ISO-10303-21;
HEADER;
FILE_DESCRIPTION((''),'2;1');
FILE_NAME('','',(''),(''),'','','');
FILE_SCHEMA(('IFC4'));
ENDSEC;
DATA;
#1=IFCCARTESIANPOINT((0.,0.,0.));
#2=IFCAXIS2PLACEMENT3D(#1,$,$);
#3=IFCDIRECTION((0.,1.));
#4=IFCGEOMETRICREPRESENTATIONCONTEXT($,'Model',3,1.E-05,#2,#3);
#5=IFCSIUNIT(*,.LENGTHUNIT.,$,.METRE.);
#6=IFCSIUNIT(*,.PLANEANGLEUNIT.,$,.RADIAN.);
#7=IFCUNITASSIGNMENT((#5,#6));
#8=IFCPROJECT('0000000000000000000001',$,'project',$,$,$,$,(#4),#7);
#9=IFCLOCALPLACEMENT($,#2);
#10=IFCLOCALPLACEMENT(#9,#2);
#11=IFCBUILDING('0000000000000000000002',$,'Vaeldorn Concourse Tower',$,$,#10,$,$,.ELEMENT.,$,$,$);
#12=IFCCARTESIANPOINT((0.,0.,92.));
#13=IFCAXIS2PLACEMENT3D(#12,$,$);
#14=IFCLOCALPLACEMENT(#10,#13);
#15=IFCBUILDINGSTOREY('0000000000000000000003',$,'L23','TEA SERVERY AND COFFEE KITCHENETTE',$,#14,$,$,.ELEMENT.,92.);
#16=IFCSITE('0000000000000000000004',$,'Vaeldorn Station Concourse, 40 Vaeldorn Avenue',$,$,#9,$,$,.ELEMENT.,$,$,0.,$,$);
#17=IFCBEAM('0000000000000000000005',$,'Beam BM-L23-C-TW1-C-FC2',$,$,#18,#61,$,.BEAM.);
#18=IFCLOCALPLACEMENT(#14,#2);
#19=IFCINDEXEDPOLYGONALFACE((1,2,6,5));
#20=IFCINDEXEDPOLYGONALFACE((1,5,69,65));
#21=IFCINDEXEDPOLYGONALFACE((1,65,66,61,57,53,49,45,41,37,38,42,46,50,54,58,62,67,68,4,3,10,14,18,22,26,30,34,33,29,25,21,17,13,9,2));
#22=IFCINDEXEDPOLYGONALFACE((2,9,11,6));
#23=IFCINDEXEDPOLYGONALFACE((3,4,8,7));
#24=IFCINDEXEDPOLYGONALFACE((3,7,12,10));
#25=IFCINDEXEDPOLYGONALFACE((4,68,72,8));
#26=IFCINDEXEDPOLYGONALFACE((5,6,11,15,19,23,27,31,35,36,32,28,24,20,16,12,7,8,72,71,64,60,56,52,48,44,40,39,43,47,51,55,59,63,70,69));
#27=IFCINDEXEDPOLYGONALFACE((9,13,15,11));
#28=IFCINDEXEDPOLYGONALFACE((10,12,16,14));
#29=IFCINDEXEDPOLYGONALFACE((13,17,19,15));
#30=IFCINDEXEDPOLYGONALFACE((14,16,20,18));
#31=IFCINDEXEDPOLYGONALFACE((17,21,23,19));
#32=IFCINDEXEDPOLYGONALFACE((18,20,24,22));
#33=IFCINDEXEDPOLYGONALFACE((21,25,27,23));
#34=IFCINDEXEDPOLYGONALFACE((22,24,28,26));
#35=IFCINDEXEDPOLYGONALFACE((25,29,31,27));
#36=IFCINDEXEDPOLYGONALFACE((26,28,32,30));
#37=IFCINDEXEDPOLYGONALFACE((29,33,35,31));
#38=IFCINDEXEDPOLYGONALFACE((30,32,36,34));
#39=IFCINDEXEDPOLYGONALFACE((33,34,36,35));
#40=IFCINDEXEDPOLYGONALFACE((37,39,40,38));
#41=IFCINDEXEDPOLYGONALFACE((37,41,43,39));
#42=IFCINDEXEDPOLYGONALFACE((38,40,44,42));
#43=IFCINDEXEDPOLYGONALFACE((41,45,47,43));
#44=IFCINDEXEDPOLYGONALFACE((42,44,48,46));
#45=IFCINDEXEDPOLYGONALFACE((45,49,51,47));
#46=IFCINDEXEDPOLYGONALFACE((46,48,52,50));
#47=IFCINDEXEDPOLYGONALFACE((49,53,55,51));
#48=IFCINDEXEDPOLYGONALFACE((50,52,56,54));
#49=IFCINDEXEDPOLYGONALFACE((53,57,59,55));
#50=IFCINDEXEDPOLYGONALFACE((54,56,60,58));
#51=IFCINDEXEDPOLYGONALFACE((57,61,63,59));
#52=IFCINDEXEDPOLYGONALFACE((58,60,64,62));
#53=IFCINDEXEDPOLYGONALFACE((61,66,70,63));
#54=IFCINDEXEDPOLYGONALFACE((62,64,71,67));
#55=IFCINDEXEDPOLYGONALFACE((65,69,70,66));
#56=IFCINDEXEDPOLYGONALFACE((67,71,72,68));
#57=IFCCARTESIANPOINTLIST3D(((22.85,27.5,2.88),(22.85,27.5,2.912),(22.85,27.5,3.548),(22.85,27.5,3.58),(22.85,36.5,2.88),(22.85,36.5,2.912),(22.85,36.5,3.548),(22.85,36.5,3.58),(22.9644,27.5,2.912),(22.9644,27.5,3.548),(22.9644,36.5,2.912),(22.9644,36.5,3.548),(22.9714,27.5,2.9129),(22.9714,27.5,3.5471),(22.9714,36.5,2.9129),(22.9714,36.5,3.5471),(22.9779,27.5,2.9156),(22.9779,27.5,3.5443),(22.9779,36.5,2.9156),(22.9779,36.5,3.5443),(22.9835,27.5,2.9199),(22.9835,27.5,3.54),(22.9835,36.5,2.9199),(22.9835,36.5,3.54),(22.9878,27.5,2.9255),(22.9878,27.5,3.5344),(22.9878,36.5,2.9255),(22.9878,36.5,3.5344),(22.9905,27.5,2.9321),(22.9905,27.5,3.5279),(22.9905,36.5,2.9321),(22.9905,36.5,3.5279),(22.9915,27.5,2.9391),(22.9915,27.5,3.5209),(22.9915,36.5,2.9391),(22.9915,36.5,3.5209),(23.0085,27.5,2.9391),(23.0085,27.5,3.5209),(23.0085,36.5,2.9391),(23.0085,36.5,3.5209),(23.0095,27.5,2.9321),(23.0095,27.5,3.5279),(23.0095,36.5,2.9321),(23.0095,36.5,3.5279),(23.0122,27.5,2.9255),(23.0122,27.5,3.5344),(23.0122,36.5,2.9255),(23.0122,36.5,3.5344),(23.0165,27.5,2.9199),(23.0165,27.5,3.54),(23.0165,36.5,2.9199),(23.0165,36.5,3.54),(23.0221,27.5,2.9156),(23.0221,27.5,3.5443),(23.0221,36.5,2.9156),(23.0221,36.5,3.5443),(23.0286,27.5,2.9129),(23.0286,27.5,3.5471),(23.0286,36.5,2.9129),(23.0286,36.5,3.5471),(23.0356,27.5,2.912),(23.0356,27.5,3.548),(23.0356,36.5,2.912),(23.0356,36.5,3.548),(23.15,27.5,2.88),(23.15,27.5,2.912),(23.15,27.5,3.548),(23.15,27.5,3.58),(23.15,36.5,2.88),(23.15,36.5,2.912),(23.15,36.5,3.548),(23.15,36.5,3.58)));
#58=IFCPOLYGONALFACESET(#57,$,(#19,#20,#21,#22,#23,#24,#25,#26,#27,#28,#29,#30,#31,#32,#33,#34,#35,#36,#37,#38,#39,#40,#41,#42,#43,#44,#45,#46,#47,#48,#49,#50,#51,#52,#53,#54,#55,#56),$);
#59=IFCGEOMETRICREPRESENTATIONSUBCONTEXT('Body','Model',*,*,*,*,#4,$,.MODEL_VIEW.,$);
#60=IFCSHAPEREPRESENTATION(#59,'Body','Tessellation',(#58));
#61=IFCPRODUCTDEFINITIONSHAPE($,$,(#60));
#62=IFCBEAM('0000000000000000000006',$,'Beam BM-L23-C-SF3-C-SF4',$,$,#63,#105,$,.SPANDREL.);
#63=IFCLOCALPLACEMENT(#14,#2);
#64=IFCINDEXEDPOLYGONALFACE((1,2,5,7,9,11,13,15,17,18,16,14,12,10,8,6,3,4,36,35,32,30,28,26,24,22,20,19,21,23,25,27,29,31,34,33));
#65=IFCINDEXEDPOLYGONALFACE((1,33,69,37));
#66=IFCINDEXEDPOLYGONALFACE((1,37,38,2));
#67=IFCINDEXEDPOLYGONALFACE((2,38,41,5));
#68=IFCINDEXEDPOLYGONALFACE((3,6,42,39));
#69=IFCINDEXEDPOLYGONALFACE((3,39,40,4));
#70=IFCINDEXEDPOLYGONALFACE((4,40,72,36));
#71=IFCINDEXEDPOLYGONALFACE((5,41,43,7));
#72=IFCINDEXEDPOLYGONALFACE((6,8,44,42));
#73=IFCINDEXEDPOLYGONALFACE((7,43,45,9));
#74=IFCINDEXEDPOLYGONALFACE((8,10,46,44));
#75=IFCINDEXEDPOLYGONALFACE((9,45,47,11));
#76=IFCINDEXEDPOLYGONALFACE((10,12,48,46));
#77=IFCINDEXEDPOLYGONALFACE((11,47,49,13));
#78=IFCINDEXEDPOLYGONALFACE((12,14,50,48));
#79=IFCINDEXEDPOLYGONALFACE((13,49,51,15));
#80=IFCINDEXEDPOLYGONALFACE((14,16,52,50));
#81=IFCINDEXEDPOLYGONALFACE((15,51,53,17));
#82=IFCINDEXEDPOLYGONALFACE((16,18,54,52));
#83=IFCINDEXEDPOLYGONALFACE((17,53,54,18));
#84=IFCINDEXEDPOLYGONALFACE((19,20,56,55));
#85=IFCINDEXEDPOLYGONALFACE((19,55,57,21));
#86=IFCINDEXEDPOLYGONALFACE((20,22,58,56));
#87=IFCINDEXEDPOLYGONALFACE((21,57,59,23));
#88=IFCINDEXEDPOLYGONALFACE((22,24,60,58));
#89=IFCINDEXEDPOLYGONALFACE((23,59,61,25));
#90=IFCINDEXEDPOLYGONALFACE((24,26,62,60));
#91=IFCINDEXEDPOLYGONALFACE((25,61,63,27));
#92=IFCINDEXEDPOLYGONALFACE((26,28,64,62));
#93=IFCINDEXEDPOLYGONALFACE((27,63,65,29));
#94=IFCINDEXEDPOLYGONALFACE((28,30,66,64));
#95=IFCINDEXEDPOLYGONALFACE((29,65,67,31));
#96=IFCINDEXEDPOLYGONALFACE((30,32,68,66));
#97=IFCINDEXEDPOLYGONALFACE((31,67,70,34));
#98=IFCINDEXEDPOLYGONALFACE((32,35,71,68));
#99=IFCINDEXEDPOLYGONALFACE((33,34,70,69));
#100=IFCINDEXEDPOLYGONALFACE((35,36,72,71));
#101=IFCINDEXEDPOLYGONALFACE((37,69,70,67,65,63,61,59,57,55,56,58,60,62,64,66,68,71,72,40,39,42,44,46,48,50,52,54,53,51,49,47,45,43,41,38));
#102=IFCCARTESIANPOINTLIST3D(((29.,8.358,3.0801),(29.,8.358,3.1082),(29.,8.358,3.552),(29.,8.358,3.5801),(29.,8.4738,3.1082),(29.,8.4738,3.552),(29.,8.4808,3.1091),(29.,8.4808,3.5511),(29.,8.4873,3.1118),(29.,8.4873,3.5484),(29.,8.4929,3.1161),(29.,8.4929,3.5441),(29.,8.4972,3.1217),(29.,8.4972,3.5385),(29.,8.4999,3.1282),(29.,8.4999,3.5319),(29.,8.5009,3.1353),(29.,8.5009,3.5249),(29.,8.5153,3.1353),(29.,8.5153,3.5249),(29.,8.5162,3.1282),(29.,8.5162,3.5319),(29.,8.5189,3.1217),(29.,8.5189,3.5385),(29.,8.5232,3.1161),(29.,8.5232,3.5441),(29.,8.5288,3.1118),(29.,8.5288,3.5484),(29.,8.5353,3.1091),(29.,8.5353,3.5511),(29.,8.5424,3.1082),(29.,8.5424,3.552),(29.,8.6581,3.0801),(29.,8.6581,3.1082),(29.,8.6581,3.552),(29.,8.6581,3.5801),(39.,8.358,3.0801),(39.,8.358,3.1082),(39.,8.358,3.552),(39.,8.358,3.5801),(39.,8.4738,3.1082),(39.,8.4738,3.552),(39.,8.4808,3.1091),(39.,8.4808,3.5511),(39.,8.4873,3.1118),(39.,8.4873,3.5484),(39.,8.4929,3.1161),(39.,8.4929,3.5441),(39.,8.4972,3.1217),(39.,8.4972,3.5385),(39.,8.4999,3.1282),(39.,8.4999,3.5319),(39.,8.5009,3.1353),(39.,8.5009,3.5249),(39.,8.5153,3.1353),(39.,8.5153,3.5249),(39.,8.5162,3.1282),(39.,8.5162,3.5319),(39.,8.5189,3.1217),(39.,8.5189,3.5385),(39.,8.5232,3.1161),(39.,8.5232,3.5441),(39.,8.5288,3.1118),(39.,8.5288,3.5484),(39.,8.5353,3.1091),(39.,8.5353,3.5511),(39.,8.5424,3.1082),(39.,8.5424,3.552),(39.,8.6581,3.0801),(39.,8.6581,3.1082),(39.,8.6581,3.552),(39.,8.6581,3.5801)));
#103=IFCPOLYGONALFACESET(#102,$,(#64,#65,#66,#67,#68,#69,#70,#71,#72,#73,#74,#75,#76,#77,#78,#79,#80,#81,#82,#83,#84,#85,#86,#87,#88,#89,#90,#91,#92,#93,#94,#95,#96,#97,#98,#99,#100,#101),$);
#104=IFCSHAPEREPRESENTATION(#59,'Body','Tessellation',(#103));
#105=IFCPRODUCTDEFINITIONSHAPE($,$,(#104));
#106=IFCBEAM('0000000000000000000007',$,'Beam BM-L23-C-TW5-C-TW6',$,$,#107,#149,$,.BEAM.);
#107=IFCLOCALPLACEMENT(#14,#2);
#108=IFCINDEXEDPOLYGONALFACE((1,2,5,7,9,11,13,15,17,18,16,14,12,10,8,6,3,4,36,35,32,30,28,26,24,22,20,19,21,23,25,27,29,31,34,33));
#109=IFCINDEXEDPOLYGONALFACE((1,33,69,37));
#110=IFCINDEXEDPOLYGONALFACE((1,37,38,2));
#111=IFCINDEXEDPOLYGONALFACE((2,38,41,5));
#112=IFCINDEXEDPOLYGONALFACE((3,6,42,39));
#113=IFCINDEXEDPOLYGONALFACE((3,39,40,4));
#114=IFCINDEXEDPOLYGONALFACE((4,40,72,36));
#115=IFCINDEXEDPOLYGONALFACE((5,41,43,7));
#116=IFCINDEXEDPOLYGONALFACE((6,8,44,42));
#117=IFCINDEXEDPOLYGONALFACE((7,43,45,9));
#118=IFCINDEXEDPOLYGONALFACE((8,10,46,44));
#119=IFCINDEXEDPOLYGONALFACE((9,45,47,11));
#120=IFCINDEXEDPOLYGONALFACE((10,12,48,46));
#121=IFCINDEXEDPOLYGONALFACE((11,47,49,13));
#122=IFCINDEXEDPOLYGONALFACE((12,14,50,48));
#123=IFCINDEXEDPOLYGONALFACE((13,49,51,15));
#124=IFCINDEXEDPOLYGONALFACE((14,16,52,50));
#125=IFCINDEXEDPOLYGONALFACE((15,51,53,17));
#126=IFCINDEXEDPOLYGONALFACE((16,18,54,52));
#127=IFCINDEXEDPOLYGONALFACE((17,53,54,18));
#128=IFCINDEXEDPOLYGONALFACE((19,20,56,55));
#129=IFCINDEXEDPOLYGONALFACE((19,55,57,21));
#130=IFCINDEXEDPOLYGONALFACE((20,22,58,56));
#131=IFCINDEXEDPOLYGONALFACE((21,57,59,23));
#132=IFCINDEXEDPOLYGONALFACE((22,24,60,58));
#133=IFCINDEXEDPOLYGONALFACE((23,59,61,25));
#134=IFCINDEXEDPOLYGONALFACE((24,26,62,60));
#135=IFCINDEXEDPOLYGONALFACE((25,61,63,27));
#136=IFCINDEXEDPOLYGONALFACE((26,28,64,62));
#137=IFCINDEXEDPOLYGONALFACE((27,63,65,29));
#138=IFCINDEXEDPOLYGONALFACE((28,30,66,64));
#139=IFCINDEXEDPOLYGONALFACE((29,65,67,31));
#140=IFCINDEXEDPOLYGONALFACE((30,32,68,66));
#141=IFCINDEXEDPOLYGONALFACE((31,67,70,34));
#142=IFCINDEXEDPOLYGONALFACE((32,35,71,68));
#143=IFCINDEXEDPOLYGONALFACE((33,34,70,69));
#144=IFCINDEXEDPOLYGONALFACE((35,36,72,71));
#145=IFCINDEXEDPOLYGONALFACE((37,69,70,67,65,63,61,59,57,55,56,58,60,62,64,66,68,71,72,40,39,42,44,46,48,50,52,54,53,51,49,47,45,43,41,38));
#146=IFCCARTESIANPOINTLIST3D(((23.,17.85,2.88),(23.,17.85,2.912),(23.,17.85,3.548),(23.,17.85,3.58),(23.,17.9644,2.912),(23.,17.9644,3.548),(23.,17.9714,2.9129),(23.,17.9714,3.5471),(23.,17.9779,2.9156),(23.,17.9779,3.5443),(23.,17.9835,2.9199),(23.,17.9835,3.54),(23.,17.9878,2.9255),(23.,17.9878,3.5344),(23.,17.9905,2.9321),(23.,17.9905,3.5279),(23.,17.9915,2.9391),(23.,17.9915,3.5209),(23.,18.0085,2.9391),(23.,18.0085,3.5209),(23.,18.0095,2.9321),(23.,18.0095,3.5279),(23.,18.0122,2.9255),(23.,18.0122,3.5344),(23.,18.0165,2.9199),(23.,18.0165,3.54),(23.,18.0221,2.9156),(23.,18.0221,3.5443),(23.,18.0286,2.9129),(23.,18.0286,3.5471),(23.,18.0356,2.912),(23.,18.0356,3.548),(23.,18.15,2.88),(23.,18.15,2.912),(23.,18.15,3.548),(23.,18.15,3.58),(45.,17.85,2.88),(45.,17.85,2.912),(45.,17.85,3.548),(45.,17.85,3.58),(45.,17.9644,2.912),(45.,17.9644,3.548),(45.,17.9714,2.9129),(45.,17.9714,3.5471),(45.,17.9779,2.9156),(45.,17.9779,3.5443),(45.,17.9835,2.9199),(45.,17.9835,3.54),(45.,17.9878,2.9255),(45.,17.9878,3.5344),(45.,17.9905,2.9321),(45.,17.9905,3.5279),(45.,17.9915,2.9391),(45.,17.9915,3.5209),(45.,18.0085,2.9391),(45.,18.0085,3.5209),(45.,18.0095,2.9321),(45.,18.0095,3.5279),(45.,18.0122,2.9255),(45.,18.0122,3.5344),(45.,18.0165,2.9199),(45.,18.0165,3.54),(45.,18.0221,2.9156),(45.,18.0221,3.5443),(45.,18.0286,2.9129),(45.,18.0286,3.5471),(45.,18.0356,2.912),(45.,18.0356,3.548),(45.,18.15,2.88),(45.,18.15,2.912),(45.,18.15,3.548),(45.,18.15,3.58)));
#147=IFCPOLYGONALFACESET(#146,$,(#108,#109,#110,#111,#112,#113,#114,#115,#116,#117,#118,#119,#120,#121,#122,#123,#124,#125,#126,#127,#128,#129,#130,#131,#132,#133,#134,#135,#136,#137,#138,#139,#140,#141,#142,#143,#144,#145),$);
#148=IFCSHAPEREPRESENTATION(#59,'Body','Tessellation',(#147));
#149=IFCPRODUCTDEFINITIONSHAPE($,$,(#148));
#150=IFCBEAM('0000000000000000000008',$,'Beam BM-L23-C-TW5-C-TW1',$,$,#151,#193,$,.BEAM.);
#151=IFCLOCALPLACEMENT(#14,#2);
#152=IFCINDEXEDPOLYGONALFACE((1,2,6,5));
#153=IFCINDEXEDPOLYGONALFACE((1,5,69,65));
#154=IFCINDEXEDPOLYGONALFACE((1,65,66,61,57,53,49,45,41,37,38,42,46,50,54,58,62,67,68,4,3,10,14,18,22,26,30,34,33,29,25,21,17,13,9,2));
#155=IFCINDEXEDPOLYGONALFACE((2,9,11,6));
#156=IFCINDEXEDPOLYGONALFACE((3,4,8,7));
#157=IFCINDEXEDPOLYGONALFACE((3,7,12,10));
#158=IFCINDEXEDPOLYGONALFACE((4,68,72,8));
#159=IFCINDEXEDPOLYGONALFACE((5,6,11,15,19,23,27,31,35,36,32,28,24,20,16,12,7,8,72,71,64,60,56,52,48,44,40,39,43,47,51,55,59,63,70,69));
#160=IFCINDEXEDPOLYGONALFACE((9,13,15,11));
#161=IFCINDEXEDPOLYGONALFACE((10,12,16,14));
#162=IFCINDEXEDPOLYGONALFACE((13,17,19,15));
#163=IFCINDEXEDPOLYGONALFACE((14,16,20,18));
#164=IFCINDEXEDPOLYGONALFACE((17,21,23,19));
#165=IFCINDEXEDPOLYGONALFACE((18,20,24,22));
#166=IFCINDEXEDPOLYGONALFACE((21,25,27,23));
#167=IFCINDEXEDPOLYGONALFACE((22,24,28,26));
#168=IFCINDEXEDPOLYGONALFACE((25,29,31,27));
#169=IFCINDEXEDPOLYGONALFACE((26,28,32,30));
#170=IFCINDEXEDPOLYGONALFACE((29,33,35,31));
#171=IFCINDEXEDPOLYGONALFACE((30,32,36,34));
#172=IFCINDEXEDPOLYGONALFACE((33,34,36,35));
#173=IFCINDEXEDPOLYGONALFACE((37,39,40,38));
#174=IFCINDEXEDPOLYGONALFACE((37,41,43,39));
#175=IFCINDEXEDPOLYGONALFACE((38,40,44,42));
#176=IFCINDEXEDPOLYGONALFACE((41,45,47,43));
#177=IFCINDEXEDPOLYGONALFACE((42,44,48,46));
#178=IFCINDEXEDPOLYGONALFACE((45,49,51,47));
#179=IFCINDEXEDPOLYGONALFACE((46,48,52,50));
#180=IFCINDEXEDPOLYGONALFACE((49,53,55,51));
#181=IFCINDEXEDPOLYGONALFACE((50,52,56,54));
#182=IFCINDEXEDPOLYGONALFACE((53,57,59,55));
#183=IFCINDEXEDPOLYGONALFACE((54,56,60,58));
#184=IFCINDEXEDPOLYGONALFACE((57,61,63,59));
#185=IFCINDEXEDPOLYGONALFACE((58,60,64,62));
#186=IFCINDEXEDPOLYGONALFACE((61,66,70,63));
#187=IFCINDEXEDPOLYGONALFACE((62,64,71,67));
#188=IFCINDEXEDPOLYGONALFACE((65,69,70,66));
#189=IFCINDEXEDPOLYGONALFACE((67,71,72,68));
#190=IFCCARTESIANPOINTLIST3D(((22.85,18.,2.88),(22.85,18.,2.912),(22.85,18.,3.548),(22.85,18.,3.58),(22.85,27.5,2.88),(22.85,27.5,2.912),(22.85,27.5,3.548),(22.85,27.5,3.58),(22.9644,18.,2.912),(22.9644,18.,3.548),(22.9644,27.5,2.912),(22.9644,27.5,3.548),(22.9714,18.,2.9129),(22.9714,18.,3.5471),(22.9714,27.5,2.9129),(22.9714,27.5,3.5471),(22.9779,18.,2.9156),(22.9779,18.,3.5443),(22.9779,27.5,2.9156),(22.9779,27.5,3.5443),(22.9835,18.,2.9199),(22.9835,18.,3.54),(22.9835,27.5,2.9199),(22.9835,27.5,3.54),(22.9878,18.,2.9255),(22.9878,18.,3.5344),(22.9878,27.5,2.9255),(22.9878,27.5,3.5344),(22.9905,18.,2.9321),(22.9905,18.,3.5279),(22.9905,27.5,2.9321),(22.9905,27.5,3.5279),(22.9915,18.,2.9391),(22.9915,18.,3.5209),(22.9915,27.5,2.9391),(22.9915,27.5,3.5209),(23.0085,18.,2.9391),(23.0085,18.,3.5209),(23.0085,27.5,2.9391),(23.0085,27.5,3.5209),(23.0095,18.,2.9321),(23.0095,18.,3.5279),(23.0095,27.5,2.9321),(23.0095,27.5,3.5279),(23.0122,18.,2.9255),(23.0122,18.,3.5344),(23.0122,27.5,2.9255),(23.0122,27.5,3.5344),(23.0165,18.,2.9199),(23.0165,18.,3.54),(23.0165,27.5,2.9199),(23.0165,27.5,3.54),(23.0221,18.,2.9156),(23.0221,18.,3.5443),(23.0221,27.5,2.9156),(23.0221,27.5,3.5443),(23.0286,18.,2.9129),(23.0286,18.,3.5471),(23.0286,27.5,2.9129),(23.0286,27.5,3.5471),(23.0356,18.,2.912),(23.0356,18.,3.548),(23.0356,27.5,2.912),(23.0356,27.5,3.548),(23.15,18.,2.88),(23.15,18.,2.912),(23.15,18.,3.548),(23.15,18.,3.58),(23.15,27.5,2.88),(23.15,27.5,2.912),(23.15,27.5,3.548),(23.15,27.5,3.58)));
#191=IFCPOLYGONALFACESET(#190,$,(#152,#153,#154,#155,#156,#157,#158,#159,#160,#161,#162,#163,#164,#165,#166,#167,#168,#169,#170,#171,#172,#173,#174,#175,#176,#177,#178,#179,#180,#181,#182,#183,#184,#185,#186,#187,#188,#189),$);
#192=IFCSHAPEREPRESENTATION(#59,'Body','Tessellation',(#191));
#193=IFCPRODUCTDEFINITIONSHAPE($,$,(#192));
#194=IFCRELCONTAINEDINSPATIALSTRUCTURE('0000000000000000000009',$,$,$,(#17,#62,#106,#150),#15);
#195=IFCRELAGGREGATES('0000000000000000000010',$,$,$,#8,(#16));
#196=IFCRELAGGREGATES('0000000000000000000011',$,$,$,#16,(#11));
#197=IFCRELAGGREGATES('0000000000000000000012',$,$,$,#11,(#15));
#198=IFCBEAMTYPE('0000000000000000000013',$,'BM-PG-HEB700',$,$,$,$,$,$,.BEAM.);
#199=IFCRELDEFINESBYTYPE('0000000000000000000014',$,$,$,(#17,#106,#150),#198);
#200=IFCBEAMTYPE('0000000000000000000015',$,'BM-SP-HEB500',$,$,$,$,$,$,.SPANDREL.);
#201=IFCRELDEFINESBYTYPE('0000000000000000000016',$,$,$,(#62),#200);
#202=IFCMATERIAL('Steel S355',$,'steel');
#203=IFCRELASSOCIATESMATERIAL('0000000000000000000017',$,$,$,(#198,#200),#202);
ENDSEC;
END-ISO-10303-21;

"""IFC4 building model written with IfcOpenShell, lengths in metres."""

from ifc_helpers import new_model, si_unit, direction, frame, origin, origin_2d, place, context, subcontext, project, spatial, i_section, extrude, source, transform, mapped, material, material_profile, profile_set, type_object, element, save


model = new_model("IFC4")

# Units and contexts
model_context = context("Model", 3, precision=1e-05, world=origin(), true_north=direction((0.0, 1.0)))
body_context = subcontext(model_context, "Body", "Model", "MODEL_VIEW")
ifc_project = project(units=[si_unit("LENGTHUNIT", "METRE"), si_unit("PLANEANGLEUNIT", "RADIAN")], contexts=[model_context])

# Site, building, storey
site_placement = place(None, origin())
site = spatial("IfcSite", under=ifc_project, at=site_placement, Name="Vaeldorn Station Concourse, 40 Vaeldorn Avenue", CompositionType="ELEMENT", RefElevation=0.0)
building_placement = place(site_placement, origin())
building = spatial("IfcBuilding", under=site, at=building_placement, Name="Vaeldorn Concourse Tower", CompositionType="ELEMENT")
storey_placement = place(building_placement, frame((0.0, 0.0, 92.0)))
storey = spatial("IfcBuildingStorey", under=building, at=storey_placement, Name="L23", Description="TEA SERVERY AND COFFEE KITCHENETTE", CompositionType="ELEMENT", Elevation=92.0)

# Beams
ifc_material_1 = material(Name="Steel S355", Category="steel")
ifc_material_profile_1 = material_profile(ifc_material_1, i_section(OverallWidth=0.3, OverallDepth=0.7, WebThickness=0.0171, FlangeThickness=0.032, FilletRadius=0.0271, at=origin_2d()), Name="HEB 700")
ifc_profile_set_1 = profile_set([ifc_material_profile_1], Name="Steel S355")
beam_type_1 = type_object("IfcBeamType", Name="BM-PG-HEB700", PredefinedType="BEAM", material=ifc_profile_set_1)
shared_shape_1 = source(origin(), body_context, "Body", "SweptSolid", [
    extrude(i_section(OverallWidth=0.3, OverallDepth=0.7, WebThickness=0.0171, FlangeThickness=0.032, FilletRadius=0.0271, at=origin_2d()), origin(), (0.0, 0.0, 1.0), 9.0),
])
beam_1_placement = place(storey_placement, frame((23.0, 27.5, 3.23), z_axis=(0.0, 1.0, 0.0), x_axis=(-1.0, 0.0, 0.0)))
element("IfcBeam", 1, at=beam_1_placement, inside=storey, type_object=beam_type_1, Name="Beam BM-L23-C-TW1-C-FC2", PredefinedType="BEAM", context=body_context, shape_type="MappedRepresentation", body=[
    mapped(shared_shape_1, transform((0.0, 0.0, 0.0), scale=1.0)),
])
ifc_material_profile_2 = material_profile(ifc_material_1, i_section(OverallWidth=0.3, OverallDepth=0.5, WebThickness=0.0144, FlangeThickness=0.0281, FilletRadius=0.0271, at=origin_2d()), Name="HEB 500")
ifc_profile_set_2 = profile_set([ifc_material_profile_2], Name="Steel S355")
beam_type_2 = type_object("IfcBeamType", Name="BM-SP-HEB500", PredefinedType="SPANDREL", material=ifc_profile_set_2)
shared_shape_2 = source(origin(), body_context, "Body", "SweptSolid", [
    extrude(i_section(OverallWidth=0.3, OverallDepth=0.5, WebThickness=0.0144, FlangeThickness=0.0281, FilletRadius=0.0271, at=origin_2d()), origin(), (0.0, 0.0, 1.0), 10.0),
])
beam_2_placement = place(storey_placement, frame((29.0, 8.5081, 3.3301), z_axis=(1.0, 0.0, 0.0), x_axis=(0.0, 1.0, 0.0)))
element("IfcBeam", 2, at=beam_2_placement, inside=storey, type_object=beam_type_2, Name="Beam BM-L23-C-SF3-C-SF4", PredefinedType="SPANDREL", context=body_context, shape_type="MappedRepresentation", body=[
    mapped(shared_shape_2, transform((0.0, 0.0, 0.0), scale=1.0)),
])
shared_shape_3 = source(origin(), body_context, "Body", "SweptSolid", [
    extrude(i_section(OverallWidth=0.3, OverallDepth=0.7, WebThickness=0.0171, FlangeThickness=0.032, FilletRadius=0.0271, at=origin_2d()), origin(), (0.0, 0.0, 1.0), 22.0),
])
beam_3_placement = place(storey_placement, frame((23.0, 18.0, 3.23), z_axis=(1.0, 0.0, 0.0), x_axis=(0.0, 1.0, 0.0)))
element("IfcBeam", 3, at=beam_3_placement, inside=storey, type_object=beam_type_1, Name="Beam BM-L23-C-TW5-C-TW6", PredefinedType="BEAM", context=body_context, shape_type="MappedRepresentation", body=[
    mapped(shared_shape_3, transform((0.0, 0.0, 0.0), scale=1.0)),
])
shared_shape_4 = source(origin(), body_context, "Body", "SweptSolid", [
    extrude(i_section(OverallWidth=0.3, OverallDepth=0.7, WebThickness=0.0171, FlangeThickness=0.032, FilletRadius=0.0271, at=origin_2d()), origin(), (0.0, 0.0, 1.0), 9.5),
])
beam_4_placement = place(storey_placement, frame((23.0, 18.0, 3.23), z_axis=(0.0, 1.0, 0.0), x_axis=(-1.0, 0.0, 0.0)))
element("IfcBeam", 4, at=beam_4_placement, inside=storey, type_object=beam_type_1, Name="Beam BM-L23-C-TW5-C-TW1", PredefinedType="BEAM", context=body_context, shape_type="MappedRepresentation", body=[
    mapped(shared_shape_4, transform((0.0, 0.0, 0.0), scale=1.0)),
])

save(model, "model.ifc")
